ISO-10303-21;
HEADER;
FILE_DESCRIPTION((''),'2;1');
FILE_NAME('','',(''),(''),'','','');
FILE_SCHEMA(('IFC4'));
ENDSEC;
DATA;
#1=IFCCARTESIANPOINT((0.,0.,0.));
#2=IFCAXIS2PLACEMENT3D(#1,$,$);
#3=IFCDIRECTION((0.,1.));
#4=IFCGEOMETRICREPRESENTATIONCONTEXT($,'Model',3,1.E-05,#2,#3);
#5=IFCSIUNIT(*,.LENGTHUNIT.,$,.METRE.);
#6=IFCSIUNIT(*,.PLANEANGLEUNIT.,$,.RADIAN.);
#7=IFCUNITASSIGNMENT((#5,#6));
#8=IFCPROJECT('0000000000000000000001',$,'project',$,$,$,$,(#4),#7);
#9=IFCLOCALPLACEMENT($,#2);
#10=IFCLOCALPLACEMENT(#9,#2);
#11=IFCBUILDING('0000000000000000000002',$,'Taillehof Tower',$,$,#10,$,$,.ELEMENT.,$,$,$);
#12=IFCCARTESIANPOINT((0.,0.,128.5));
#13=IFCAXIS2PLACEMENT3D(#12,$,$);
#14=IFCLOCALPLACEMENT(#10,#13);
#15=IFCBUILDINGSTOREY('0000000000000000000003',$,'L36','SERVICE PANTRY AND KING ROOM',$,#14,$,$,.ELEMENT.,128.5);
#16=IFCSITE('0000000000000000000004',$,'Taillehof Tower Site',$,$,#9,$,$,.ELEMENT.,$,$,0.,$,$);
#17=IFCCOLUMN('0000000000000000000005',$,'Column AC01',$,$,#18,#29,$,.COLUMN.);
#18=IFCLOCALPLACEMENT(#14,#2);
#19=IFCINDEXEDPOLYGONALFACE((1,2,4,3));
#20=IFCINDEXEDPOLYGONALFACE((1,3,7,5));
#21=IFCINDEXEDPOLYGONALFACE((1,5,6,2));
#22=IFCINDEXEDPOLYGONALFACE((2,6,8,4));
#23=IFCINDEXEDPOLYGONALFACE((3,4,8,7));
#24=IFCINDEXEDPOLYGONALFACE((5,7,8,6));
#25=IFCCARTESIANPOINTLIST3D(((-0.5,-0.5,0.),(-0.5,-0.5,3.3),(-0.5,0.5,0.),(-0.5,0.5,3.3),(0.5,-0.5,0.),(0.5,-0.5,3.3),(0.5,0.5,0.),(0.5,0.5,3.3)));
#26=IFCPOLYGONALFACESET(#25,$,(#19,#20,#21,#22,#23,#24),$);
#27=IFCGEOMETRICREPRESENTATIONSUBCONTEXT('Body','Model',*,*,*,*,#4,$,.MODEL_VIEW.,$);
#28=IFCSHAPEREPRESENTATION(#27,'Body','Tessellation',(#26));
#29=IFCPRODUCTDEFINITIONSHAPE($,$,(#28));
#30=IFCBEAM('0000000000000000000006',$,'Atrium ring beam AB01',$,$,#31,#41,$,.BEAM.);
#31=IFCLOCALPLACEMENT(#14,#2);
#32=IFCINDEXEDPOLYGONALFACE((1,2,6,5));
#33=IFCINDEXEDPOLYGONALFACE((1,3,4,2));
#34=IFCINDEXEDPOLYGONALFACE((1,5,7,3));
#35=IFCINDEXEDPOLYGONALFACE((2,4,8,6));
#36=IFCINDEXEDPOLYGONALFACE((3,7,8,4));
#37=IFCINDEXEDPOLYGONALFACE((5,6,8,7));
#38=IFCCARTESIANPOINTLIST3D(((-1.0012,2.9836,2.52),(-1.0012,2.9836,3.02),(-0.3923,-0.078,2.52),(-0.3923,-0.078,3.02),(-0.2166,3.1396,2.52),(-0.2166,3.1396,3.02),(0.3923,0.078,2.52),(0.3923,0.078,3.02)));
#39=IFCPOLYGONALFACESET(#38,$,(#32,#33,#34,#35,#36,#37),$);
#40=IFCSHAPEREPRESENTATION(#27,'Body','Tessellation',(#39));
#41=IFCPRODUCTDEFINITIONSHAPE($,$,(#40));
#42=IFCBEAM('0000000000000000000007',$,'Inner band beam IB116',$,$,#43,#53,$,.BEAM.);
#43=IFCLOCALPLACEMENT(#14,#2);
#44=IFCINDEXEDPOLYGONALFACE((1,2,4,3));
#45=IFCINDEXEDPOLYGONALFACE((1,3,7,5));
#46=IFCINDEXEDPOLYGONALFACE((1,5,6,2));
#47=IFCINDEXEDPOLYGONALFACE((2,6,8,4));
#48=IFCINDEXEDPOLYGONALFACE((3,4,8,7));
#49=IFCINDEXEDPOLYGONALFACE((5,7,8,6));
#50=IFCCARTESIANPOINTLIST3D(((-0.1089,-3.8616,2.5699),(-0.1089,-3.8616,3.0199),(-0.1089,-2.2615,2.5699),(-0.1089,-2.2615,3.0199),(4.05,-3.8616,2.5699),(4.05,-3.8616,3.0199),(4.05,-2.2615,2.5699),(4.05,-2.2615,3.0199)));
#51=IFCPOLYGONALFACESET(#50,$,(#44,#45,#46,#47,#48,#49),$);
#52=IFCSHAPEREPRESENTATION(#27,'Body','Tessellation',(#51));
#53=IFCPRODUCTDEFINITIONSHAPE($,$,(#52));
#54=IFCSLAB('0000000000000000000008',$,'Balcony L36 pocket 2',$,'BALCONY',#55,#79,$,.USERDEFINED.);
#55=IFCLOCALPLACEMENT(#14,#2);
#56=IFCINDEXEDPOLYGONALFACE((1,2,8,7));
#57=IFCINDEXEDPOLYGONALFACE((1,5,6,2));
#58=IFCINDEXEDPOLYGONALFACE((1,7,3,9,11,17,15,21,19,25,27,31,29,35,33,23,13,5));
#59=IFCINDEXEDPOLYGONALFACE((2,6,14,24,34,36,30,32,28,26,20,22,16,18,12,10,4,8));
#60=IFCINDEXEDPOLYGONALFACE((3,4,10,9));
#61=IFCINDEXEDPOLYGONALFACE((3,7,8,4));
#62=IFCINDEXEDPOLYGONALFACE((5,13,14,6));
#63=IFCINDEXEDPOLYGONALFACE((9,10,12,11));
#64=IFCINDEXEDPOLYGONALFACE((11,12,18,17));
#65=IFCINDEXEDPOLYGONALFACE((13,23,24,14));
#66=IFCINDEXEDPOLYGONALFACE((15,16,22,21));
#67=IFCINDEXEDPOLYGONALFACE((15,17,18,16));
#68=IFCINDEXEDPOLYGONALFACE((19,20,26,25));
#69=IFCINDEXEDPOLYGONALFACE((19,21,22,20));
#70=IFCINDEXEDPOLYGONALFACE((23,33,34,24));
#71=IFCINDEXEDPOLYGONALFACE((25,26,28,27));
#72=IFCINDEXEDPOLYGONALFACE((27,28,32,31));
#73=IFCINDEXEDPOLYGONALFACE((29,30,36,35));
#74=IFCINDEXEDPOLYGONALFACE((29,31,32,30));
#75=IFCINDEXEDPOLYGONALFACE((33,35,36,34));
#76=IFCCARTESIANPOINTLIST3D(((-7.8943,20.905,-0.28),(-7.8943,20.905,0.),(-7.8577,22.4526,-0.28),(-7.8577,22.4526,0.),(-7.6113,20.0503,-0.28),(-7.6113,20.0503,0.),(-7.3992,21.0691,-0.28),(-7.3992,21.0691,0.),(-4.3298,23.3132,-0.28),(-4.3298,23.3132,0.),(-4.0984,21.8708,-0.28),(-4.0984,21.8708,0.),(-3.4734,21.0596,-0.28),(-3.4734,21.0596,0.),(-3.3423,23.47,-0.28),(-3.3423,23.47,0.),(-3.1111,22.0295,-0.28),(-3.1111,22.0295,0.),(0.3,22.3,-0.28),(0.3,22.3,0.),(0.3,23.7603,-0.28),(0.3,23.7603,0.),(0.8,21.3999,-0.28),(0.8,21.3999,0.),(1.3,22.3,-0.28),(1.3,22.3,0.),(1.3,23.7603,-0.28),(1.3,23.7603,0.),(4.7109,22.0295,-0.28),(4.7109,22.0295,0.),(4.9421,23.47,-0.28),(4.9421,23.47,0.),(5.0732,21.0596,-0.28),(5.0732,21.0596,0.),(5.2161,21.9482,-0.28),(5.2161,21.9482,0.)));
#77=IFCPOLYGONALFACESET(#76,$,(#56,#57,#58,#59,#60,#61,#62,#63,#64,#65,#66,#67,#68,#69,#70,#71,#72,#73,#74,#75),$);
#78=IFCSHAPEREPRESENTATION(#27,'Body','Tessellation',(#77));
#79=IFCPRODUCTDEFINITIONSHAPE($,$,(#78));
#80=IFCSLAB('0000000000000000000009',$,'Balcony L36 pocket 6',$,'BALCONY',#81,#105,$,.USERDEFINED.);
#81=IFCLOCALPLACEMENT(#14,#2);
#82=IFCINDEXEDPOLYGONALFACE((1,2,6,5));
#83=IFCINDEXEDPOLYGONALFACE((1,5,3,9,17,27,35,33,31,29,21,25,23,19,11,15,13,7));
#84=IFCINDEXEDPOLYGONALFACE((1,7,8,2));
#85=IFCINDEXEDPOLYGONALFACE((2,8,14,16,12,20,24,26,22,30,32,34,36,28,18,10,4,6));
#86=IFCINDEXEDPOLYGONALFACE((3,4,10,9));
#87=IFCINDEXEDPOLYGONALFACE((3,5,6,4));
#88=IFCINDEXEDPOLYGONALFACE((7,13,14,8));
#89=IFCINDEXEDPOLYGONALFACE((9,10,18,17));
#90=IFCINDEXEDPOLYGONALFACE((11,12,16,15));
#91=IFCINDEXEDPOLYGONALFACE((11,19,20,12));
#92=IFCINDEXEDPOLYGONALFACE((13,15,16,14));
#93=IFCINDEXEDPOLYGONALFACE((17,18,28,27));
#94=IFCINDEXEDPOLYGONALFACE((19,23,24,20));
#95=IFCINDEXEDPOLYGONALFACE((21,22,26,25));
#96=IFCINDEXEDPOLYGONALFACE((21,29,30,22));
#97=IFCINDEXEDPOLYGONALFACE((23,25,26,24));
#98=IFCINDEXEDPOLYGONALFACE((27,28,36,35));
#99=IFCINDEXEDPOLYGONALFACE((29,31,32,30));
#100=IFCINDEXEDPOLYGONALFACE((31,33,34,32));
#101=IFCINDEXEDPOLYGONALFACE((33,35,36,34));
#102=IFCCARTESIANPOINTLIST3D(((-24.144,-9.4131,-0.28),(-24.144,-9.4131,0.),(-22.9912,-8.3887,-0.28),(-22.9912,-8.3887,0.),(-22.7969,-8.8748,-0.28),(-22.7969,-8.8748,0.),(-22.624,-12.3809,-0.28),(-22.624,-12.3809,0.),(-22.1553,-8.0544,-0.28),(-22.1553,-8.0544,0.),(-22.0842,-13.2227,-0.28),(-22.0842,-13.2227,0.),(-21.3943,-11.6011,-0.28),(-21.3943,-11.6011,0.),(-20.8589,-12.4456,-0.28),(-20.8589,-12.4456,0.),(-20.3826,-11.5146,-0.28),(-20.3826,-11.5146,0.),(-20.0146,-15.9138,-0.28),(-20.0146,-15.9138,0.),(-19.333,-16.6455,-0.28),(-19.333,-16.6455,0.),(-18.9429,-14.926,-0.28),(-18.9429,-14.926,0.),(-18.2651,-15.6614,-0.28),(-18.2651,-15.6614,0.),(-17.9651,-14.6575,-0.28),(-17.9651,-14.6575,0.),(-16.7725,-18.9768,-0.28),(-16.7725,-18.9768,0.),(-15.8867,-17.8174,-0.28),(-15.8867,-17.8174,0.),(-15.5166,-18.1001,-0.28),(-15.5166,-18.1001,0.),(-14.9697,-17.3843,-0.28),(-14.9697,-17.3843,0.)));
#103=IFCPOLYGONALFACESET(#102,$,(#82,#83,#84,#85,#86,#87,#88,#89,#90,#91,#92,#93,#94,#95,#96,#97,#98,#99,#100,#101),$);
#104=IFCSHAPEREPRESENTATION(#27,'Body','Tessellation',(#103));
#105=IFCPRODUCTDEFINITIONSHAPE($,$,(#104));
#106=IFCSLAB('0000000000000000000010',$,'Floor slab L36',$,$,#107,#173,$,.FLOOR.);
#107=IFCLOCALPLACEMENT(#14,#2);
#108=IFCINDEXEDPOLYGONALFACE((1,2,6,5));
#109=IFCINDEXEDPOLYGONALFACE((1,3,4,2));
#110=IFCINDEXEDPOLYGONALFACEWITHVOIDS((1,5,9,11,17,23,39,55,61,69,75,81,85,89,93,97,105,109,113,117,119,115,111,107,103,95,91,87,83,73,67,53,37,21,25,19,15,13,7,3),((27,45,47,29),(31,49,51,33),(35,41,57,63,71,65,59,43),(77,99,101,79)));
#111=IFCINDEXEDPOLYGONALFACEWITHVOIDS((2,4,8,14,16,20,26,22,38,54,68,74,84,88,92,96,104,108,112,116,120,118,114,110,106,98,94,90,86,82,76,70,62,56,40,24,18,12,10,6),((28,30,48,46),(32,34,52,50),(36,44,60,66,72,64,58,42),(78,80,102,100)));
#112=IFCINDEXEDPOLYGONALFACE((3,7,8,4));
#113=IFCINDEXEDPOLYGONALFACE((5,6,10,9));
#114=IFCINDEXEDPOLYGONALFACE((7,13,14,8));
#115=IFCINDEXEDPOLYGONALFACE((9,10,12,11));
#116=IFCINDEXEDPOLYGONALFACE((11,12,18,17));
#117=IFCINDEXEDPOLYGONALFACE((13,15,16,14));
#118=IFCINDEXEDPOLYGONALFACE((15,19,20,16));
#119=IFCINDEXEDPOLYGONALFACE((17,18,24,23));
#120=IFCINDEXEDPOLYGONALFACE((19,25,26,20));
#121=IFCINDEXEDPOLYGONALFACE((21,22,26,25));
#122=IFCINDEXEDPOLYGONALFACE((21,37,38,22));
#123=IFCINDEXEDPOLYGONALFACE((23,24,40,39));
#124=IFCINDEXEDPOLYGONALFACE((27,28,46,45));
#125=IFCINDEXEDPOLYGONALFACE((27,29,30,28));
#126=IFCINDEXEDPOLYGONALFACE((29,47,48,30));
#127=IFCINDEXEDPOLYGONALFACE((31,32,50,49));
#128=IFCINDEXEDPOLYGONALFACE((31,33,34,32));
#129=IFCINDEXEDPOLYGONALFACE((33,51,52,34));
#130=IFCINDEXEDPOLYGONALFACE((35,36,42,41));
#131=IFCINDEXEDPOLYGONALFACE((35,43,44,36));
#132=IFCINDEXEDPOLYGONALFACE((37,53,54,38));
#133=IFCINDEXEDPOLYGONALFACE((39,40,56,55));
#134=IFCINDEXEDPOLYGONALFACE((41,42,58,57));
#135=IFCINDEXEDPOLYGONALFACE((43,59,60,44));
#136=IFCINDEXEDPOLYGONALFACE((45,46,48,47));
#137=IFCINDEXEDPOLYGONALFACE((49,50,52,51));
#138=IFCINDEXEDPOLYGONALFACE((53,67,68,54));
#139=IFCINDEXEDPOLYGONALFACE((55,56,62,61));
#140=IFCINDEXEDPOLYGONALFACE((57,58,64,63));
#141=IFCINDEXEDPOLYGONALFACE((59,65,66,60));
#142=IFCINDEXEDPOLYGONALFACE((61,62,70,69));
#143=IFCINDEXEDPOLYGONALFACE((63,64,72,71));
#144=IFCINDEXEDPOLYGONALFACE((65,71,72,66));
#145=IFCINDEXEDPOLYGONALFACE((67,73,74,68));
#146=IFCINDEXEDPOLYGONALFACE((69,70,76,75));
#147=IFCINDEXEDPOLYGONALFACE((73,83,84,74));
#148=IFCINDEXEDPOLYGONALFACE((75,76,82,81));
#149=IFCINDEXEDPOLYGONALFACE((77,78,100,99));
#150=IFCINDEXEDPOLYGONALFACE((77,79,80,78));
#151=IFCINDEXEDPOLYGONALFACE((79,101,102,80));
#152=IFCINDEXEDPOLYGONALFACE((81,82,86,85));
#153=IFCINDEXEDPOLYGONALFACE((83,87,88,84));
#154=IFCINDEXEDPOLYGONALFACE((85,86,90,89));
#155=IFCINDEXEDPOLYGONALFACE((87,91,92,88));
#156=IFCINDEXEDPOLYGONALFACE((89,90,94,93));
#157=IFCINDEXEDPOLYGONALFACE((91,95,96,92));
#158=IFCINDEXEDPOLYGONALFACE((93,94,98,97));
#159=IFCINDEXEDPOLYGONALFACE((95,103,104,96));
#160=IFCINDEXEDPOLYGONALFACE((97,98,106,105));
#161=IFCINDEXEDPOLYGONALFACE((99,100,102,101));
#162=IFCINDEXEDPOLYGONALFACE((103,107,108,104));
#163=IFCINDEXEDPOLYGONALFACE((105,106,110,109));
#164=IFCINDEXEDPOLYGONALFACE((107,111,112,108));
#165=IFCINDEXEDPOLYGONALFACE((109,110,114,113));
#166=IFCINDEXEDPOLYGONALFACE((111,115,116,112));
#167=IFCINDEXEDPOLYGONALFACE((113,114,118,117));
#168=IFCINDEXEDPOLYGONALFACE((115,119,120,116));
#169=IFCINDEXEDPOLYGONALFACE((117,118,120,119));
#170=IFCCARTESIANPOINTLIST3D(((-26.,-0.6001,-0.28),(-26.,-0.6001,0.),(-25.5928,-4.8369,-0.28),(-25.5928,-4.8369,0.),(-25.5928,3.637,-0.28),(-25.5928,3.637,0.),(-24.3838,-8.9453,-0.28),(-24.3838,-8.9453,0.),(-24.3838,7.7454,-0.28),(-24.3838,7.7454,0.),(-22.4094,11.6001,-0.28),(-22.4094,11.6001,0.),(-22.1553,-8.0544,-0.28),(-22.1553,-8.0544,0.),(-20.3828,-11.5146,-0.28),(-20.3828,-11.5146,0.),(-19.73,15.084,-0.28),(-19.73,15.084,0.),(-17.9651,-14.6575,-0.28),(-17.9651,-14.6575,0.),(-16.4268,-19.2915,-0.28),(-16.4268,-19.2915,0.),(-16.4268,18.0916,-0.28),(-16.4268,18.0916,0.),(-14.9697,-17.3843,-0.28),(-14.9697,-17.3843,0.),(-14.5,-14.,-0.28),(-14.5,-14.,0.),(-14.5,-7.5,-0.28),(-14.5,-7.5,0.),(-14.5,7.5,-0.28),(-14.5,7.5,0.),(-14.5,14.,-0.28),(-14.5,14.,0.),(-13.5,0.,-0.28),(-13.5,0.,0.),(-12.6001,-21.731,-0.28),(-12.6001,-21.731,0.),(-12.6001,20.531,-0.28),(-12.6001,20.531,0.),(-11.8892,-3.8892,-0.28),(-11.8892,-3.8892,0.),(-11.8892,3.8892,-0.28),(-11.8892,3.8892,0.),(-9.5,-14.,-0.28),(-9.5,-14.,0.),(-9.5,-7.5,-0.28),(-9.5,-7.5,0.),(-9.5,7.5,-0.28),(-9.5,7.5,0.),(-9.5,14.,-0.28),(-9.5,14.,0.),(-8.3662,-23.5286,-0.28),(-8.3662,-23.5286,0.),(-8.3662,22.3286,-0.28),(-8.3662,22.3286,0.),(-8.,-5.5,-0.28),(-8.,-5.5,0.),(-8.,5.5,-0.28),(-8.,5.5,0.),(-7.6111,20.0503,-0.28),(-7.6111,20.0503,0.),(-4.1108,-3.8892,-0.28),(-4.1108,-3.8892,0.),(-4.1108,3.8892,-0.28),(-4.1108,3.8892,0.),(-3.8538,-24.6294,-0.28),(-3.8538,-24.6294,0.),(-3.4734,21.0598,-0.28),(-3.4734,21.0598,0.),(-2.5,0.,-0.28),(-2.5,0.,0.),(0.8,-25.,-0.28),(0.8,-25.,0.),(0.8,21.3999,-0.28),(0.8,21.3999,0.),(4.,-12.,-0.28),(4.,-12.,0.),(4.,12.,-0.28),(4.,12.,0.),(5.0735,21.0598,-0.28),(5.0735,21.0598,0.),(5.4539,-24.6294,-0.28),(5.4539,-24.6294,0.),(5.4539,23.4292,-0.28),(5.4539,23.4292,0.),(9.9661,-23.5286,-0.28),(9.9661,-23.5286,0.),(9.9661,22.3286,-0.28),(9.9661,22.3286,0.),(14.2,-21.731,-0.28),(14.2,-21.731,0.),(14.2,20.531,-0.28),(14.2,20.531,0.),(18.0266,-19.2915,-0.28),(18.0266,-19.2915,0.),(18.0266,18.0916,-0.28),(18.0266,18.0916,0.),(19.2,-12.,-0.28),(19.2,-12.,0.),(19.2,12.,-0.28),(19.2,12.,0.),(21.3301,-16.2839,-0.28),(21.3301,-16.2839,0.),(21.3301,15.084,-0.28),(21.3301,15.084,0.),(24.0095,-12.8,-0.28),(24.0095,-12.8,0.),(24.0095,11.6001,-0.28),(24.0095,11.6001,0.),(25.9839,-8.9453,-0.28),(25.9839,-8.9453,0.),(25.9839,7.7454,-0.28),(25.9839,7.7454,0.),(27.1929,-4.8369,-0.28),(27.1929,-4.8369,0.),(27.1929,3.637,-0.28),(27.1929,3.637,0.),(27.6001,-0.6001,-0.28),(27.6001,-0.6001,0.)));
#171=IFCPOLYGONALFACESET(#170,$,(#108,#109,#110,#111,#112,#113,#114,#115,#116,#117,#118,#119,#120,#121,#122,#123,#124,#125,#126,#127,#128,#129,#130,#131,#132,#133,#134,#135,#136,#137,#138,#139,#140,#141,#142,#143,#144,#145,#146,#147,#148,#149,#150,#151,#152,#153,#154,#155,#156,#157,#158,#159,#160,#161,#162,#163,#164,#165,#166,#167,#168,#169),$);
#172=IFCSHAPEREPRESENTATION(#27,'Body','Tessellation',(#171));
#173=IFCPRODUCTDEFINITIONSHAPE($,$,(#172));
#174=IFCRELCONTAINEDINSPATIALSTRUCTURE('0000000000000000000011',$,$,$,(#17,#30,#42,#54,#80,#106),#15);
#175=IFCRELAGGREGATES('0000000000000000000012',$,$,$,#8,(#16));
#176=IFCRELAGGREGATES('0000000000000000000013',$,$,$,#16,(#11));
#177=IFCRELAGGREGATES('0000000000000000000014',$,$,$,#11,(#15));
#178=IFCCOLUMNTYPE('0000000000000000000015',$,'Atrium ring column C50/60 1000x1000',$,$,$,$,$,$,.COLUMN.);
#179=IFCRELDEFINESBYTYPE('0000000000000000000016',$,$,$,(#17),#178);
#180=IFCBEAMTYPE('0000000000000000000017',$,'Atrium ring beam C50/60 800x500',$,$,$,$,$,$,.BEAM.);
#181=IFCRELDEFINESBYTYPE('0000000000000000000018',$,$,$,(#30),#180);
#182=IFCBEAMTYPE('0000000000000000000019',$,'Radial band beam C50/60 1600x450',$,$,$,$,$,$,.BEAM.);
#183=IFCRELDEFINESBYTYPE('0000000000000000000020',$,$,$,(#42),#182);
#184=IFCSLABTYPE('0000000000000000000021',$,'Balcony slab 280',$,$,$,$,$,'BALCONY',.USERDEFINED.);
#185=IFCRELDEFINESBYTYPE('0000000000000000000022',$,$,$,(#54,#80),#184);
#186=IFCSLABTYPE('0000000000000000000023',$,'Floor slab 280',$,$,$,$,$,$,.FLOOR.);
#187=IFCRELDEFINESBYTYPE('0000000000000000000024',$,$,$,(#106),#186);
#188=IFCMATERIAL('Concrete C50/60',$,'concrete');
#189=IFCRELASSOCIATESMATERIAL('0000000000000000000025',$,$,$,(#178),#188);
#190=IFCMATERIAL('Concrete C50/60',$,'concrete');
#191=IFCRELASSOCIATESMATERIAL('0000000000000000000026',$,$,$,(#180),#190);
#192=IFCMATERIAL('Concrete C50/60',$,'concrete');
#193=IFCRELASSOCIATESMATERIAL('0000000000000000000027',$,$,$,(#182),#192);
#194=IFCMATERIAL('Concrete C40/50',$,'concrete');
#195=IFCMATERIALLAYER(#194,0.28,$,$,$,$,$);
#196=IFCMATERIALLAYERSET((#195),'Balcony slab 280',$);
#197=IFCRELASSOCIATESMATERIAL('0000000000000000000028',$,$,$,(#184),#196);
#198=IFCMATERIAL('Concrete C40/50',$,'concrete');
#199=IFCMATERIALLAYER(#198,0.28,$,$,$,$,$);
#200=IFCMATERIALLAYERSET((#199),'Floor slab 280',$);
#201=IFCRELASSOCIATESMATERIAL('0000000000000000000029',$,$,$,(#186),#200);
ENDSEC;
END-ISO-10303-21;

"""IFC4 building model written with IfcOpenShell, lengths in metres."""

from ifc_helpers import new_model, si_unit, direction, frame, origin, origin_with_axes, origin_2d, place, context, subcontext, project, spatial, polyline, rectangle, outline, extrude, material, layer, layer_set, material_profile, profile_set, type_object, element, save


model = new_model("IFC4")

# Units and contexts
model_context = context("Model", 3, precision=1e-05, world=origin(), true_north=direction((0.0, 1.0)))
body_context = subcontext(model_context, "Body", "Model", "MODEL_VIEW")
ifc_project = project(units=[si_unit("LENGTHUNIT", "METRE"), si_unit("PLANEANGLEUNIT", "RADIAN")], contexts=[model_context])

# Site, building, storey
site_placement = place(None, origin())
site = spatial("IfcSite", under=ifc_project, at=site_placement, Name="Taillehof Tower Site", CompositionType="ELEMENT", RefElevation=0.0)
building_placement = place(site_placement, origin())
building = spatial("IfcBuilding", under=site, at=building_placement, Name="Taillehof Tower", CompositionType="ELEMENT")
storey_placement = place(building_placement, frame((0.0, 0.0, 128.5)))
storey = spatial("IfcBuildingStorey", under=building, at=storey_placement, Name="L36", Description="SERVICE PANTRY AND KING ROOM", CompositionType="ELEMENT", Elevation=128.5)

# Column
ifc_material_1 = material(Name="Concrete C50/60", Category="concrete")
ifc_material_profile_1 = material_profile(ifc_material_1, rectangle(XDim=1.0, YDim=1.0, at=origin_2d()), Name="RC 1000x1000")
ifc_profile_set_1 = profile_set([ifc_material_profile_1], Name="Concrete C50/60")
column_type = type_object("IfcColumnType", Name="Atrium ring column C50/60 1000x1000", PredefinedType="COLUMN", material=ifc_profile_set_1)
column_placement = place(storey_placement, origin_with_axes())
element("IfcColumn", 1, at=column_placement, inside=storey, type_object=column_type, Name="Column AC01", PredefinedType="COLUMN", context=body_context, shape_type="SweptSolid", body=[
    extrude(rectangle(XDim=1.0, YDim=1.0, at=origin_2d()), origin(), (0.0, 0.0, 1.0), 3.3),
])

# Beams
ifc_material_2 = material(Name="Concrete C50/60", Category="concrete")
ifc_material_profile_2 = material_profile(ifc_material_2, rectangle(XDim=0.8, YDim=0.5, at=origin_2d()), Name="RC 800x500")
ifc_profile_set_2 = profile_set([ifc_material_profile_2], Name="Concrete C50/60")
beam_type_1 = type_object("IfcBeamType", Name="Atrium ring beam C50/60 800x500", PredefinedType="BEAM", material=ifc_profile_set_2)
beam_1_placement = place(storey_placement, frame((0.0, 0.0, 2.77), z_axis=(-0.195063, 0.980791, 0.0), x_axis=(-0.980791, -0.195063, 0.0)))
element("IfcBeam", 2, at=beam_1_placement, inside=storey, type_object=beam_type_1, Name="Atrium ring beam AB01", PredefinedType="BEAM", context=body_context, shape_type="SweptSolid", body=[
    extrude(rectangle(XDim=0.8, YDim=0.5, at=origin_2d()), origin(), (0.0, 0.0, 1.0), 3.1216),
])
ifc_material_3 = material(Name="Concrete C50/60", Category="concrete")
ifc_material_profile_3 = material_profile(ifc_material_3, rectangle(XDim=1.6001, YDim=0.45, at=origin_2d()), Name="RC 1600x450")
ifc_profile_set_3 = profile_set([ifc_material_profile_3], Name="Concrete C50/60")
beam_type_2 = type_object("IfcBeamType", Name="Radial band beam C50/60 1600x450", PredefinedType="BEAM", material=ifc_profile_set_3)
beam_2_placement = place(storey_placement, frame((-0.1089, -3.0615, 2.7949), z_axis=(1.0, 0.0, 0.0), x_axis=(0.0, 1.0, 0.0)))
element("IfcBeam", 3, at=beam_2_placement, inside=storey, type_object=beam_type_2, Name="Inner band beam IB116", PredefinedType="BEAM", context=body_context, shape_type="SweptSolid", body=[
    extrude(rectangle(XDim=1.6001, YDim=0.45, at=origin_2d()), origin(), (0.0, 0.0, 1.0), 4.1589),
])

# Slabs
ifc_material_4 = material(Name="Concrete C40/50", Category="concrete")
ifc_layer_1 = layer(ifc_material_4, 0.28)
ifc_layer_set_1 = layer_set([ifc_layer_1], Name="Balcony slab 280")
slab_type_1 = type_object("IfcSlabType", Name="Balcony slab 280", ElementType="BALCONY", PredefinedType="USERDEFINED", material=ifc_layer_set_1)
slab_1_placement = place(storey_placement, frame((0.0, 0.0, -0.28)))
element("IfcSlab", 4, at=slab_1_placement, inside=storey, type_object=slab_type_1, Name="Balcony L36 pocket 2", ObjectType="BALCONY", PredefinedType="USERDEFINED", context=body_context, shape_type="SweptSolid", body=[
    extrude(outline(polyline([(-7.6113, 20.0503), (-7.8943, 20.905), (-7.3992, 21.0691), (-7.8577, 22.4526), (-4.3298, 23.3132), (-4.0984, 21.8708), (-3.1111, 22.0295), (-3.3423, 23.47), (0.3, 23.7603), (0.3, 22.3), (1.3, 22.3), (1.3, 23.7603), (4.9421, 23.47), (4.7109, 22.0295), (5.2161, 21.9482), (5.0732, 21.0596), (0.8, 21.3999), (-3.4734, 21.0596), (-7.6113, 20.0503)])), origin(), (0.0, 0.0, 1.0), 0.28),
])
slab_2_placement = place(storey_placement, frame((0.0, 0.0, -0.28)))
element("IfcSlab", 5, at=slab_2_placement, inside=storey, type_object=slab_type_1, Name="Balcony L36 pocket 6", ObjectType="BALCONY", PredefinedType="USERDEFINED", context=body_context, shape_type="SweptSolid", body=[
    extrude(outline(polyline([(-14.9697, -17.3843), (-15.5166, -18.1001), (-15.8867, -17.8174), (-16.7725, -18.9768), (-19.333, -16.6455), (-18.2651, -15.6614), (-18.9429, -14.926), (-20.0146, -15.9138), (-22.0842, -13.2227), (-20.8589, -12.4456), (-21.3943, -11.6011), (-22.624, -12.3809), (-24.144, -9.4131), (-22.7969, -8.8748), (-22.9912, -8.3887), (-22.1553, -8.0544), (-20.3826, -11.5146), (-17.9651, -14.6575), (-14.9697, -17.3843)])), origin(), (0.0, 0.0, 1.0), 0.28),
])
ifc_material_5 = material(Name="Concrete C40/50", Category="concrete")
ifc_layer_2 = layer(ifc_material_5, 0.28)
ifc_layer_set_2 = layer_set([ifc_layer_2], Name="Floor slab 280")
slab_type_2 = type_object("IfcSlabType", Name="Floor slab 280", PredefinedType="FLOOR", material=ifc_layer_set_2)
slab_3_placement = place(storey_placement, frame((0.0, 0.0, -0.28)))
element("IfcSlab", 6, at=slab_3_placement, inside=storey, type_object=slab_type_2, Name="Floor slab L36", PredefinedType="FLOOR", context=body_context, shape_type="SweptSolid", body=[
    extrude(outline(polyline([(27.6001, -0.6001), (27.1929, 3.637), (25.9839, 7.7454), (24.0095, 11.6001), (21.3301, 15.084), (18.0266, 18.0916), (14.2, 20.531), (9.9661, 22.3286), (5.4539, 23.4292), (5.0735, 21.0598), (0.8, 21.3999), (-3.4734, 21.0598), (-7.6111, 20.0503), (-8.3662, 22.3286), (-12.6001, 20.531), (-16.4268, 18.0916), (-19.73, 15.084), (-22.4094, 11.6001), (-24.3838, 7.7454), (-25.5928, 3.637), (-26.0, -0.6001), (-25.5928, -4.8369), (-24.3838, -8.9453), (-22.1553, -8.0544), (-20.3828, -11.5146), (-17.9651, -14.6575), (-14.9697, -17.3843), (-16.4268, -19.2915), (-12.6001, -21.731), (-8.3662, -23.5286), (-3.8538, -24.6294), (0.8, -25.0), (5.4539, -24.6294), (9.9661, -23.5286), (14.2, -21.731), (18.0266, -19.2915), (21.3301, -16.2839), (24.0095, -12.8), (25.9839, -8.9453), (27.1929, -4.8369), (27.6001, -0.6001)]), holes=[polyline([(-14.5, -7.5), (-9.5, -7.5), (-9.5, -14.0), (-14.5, -14.0), (-14.5, -7.5)]), polyline([(-8.0, -5.5), (-11.8892, -3.8892), (-13.5, 0.0), (-11.8892, 3.8892), (-8.0, 5.5), (-4.1108, 3.8892), (-2.5, 0.0), (-4.1108, -3.8892), (-8.0, -5.5)]), polyline([(19.2, 12.0), (19.2, -12.0), (4.0, -12.0), (4.0, 12.0), (19.2, 12.0)]), polyline([(-14.5, 14.0), (-9.5, 14.0), (-9.5, 7.5), (-14.5, 7.5), (-14.5, 14.0)])]), origin(), (0.0, 0.0, 1.0), 0.28),
])

save(model, "model.ifc")
